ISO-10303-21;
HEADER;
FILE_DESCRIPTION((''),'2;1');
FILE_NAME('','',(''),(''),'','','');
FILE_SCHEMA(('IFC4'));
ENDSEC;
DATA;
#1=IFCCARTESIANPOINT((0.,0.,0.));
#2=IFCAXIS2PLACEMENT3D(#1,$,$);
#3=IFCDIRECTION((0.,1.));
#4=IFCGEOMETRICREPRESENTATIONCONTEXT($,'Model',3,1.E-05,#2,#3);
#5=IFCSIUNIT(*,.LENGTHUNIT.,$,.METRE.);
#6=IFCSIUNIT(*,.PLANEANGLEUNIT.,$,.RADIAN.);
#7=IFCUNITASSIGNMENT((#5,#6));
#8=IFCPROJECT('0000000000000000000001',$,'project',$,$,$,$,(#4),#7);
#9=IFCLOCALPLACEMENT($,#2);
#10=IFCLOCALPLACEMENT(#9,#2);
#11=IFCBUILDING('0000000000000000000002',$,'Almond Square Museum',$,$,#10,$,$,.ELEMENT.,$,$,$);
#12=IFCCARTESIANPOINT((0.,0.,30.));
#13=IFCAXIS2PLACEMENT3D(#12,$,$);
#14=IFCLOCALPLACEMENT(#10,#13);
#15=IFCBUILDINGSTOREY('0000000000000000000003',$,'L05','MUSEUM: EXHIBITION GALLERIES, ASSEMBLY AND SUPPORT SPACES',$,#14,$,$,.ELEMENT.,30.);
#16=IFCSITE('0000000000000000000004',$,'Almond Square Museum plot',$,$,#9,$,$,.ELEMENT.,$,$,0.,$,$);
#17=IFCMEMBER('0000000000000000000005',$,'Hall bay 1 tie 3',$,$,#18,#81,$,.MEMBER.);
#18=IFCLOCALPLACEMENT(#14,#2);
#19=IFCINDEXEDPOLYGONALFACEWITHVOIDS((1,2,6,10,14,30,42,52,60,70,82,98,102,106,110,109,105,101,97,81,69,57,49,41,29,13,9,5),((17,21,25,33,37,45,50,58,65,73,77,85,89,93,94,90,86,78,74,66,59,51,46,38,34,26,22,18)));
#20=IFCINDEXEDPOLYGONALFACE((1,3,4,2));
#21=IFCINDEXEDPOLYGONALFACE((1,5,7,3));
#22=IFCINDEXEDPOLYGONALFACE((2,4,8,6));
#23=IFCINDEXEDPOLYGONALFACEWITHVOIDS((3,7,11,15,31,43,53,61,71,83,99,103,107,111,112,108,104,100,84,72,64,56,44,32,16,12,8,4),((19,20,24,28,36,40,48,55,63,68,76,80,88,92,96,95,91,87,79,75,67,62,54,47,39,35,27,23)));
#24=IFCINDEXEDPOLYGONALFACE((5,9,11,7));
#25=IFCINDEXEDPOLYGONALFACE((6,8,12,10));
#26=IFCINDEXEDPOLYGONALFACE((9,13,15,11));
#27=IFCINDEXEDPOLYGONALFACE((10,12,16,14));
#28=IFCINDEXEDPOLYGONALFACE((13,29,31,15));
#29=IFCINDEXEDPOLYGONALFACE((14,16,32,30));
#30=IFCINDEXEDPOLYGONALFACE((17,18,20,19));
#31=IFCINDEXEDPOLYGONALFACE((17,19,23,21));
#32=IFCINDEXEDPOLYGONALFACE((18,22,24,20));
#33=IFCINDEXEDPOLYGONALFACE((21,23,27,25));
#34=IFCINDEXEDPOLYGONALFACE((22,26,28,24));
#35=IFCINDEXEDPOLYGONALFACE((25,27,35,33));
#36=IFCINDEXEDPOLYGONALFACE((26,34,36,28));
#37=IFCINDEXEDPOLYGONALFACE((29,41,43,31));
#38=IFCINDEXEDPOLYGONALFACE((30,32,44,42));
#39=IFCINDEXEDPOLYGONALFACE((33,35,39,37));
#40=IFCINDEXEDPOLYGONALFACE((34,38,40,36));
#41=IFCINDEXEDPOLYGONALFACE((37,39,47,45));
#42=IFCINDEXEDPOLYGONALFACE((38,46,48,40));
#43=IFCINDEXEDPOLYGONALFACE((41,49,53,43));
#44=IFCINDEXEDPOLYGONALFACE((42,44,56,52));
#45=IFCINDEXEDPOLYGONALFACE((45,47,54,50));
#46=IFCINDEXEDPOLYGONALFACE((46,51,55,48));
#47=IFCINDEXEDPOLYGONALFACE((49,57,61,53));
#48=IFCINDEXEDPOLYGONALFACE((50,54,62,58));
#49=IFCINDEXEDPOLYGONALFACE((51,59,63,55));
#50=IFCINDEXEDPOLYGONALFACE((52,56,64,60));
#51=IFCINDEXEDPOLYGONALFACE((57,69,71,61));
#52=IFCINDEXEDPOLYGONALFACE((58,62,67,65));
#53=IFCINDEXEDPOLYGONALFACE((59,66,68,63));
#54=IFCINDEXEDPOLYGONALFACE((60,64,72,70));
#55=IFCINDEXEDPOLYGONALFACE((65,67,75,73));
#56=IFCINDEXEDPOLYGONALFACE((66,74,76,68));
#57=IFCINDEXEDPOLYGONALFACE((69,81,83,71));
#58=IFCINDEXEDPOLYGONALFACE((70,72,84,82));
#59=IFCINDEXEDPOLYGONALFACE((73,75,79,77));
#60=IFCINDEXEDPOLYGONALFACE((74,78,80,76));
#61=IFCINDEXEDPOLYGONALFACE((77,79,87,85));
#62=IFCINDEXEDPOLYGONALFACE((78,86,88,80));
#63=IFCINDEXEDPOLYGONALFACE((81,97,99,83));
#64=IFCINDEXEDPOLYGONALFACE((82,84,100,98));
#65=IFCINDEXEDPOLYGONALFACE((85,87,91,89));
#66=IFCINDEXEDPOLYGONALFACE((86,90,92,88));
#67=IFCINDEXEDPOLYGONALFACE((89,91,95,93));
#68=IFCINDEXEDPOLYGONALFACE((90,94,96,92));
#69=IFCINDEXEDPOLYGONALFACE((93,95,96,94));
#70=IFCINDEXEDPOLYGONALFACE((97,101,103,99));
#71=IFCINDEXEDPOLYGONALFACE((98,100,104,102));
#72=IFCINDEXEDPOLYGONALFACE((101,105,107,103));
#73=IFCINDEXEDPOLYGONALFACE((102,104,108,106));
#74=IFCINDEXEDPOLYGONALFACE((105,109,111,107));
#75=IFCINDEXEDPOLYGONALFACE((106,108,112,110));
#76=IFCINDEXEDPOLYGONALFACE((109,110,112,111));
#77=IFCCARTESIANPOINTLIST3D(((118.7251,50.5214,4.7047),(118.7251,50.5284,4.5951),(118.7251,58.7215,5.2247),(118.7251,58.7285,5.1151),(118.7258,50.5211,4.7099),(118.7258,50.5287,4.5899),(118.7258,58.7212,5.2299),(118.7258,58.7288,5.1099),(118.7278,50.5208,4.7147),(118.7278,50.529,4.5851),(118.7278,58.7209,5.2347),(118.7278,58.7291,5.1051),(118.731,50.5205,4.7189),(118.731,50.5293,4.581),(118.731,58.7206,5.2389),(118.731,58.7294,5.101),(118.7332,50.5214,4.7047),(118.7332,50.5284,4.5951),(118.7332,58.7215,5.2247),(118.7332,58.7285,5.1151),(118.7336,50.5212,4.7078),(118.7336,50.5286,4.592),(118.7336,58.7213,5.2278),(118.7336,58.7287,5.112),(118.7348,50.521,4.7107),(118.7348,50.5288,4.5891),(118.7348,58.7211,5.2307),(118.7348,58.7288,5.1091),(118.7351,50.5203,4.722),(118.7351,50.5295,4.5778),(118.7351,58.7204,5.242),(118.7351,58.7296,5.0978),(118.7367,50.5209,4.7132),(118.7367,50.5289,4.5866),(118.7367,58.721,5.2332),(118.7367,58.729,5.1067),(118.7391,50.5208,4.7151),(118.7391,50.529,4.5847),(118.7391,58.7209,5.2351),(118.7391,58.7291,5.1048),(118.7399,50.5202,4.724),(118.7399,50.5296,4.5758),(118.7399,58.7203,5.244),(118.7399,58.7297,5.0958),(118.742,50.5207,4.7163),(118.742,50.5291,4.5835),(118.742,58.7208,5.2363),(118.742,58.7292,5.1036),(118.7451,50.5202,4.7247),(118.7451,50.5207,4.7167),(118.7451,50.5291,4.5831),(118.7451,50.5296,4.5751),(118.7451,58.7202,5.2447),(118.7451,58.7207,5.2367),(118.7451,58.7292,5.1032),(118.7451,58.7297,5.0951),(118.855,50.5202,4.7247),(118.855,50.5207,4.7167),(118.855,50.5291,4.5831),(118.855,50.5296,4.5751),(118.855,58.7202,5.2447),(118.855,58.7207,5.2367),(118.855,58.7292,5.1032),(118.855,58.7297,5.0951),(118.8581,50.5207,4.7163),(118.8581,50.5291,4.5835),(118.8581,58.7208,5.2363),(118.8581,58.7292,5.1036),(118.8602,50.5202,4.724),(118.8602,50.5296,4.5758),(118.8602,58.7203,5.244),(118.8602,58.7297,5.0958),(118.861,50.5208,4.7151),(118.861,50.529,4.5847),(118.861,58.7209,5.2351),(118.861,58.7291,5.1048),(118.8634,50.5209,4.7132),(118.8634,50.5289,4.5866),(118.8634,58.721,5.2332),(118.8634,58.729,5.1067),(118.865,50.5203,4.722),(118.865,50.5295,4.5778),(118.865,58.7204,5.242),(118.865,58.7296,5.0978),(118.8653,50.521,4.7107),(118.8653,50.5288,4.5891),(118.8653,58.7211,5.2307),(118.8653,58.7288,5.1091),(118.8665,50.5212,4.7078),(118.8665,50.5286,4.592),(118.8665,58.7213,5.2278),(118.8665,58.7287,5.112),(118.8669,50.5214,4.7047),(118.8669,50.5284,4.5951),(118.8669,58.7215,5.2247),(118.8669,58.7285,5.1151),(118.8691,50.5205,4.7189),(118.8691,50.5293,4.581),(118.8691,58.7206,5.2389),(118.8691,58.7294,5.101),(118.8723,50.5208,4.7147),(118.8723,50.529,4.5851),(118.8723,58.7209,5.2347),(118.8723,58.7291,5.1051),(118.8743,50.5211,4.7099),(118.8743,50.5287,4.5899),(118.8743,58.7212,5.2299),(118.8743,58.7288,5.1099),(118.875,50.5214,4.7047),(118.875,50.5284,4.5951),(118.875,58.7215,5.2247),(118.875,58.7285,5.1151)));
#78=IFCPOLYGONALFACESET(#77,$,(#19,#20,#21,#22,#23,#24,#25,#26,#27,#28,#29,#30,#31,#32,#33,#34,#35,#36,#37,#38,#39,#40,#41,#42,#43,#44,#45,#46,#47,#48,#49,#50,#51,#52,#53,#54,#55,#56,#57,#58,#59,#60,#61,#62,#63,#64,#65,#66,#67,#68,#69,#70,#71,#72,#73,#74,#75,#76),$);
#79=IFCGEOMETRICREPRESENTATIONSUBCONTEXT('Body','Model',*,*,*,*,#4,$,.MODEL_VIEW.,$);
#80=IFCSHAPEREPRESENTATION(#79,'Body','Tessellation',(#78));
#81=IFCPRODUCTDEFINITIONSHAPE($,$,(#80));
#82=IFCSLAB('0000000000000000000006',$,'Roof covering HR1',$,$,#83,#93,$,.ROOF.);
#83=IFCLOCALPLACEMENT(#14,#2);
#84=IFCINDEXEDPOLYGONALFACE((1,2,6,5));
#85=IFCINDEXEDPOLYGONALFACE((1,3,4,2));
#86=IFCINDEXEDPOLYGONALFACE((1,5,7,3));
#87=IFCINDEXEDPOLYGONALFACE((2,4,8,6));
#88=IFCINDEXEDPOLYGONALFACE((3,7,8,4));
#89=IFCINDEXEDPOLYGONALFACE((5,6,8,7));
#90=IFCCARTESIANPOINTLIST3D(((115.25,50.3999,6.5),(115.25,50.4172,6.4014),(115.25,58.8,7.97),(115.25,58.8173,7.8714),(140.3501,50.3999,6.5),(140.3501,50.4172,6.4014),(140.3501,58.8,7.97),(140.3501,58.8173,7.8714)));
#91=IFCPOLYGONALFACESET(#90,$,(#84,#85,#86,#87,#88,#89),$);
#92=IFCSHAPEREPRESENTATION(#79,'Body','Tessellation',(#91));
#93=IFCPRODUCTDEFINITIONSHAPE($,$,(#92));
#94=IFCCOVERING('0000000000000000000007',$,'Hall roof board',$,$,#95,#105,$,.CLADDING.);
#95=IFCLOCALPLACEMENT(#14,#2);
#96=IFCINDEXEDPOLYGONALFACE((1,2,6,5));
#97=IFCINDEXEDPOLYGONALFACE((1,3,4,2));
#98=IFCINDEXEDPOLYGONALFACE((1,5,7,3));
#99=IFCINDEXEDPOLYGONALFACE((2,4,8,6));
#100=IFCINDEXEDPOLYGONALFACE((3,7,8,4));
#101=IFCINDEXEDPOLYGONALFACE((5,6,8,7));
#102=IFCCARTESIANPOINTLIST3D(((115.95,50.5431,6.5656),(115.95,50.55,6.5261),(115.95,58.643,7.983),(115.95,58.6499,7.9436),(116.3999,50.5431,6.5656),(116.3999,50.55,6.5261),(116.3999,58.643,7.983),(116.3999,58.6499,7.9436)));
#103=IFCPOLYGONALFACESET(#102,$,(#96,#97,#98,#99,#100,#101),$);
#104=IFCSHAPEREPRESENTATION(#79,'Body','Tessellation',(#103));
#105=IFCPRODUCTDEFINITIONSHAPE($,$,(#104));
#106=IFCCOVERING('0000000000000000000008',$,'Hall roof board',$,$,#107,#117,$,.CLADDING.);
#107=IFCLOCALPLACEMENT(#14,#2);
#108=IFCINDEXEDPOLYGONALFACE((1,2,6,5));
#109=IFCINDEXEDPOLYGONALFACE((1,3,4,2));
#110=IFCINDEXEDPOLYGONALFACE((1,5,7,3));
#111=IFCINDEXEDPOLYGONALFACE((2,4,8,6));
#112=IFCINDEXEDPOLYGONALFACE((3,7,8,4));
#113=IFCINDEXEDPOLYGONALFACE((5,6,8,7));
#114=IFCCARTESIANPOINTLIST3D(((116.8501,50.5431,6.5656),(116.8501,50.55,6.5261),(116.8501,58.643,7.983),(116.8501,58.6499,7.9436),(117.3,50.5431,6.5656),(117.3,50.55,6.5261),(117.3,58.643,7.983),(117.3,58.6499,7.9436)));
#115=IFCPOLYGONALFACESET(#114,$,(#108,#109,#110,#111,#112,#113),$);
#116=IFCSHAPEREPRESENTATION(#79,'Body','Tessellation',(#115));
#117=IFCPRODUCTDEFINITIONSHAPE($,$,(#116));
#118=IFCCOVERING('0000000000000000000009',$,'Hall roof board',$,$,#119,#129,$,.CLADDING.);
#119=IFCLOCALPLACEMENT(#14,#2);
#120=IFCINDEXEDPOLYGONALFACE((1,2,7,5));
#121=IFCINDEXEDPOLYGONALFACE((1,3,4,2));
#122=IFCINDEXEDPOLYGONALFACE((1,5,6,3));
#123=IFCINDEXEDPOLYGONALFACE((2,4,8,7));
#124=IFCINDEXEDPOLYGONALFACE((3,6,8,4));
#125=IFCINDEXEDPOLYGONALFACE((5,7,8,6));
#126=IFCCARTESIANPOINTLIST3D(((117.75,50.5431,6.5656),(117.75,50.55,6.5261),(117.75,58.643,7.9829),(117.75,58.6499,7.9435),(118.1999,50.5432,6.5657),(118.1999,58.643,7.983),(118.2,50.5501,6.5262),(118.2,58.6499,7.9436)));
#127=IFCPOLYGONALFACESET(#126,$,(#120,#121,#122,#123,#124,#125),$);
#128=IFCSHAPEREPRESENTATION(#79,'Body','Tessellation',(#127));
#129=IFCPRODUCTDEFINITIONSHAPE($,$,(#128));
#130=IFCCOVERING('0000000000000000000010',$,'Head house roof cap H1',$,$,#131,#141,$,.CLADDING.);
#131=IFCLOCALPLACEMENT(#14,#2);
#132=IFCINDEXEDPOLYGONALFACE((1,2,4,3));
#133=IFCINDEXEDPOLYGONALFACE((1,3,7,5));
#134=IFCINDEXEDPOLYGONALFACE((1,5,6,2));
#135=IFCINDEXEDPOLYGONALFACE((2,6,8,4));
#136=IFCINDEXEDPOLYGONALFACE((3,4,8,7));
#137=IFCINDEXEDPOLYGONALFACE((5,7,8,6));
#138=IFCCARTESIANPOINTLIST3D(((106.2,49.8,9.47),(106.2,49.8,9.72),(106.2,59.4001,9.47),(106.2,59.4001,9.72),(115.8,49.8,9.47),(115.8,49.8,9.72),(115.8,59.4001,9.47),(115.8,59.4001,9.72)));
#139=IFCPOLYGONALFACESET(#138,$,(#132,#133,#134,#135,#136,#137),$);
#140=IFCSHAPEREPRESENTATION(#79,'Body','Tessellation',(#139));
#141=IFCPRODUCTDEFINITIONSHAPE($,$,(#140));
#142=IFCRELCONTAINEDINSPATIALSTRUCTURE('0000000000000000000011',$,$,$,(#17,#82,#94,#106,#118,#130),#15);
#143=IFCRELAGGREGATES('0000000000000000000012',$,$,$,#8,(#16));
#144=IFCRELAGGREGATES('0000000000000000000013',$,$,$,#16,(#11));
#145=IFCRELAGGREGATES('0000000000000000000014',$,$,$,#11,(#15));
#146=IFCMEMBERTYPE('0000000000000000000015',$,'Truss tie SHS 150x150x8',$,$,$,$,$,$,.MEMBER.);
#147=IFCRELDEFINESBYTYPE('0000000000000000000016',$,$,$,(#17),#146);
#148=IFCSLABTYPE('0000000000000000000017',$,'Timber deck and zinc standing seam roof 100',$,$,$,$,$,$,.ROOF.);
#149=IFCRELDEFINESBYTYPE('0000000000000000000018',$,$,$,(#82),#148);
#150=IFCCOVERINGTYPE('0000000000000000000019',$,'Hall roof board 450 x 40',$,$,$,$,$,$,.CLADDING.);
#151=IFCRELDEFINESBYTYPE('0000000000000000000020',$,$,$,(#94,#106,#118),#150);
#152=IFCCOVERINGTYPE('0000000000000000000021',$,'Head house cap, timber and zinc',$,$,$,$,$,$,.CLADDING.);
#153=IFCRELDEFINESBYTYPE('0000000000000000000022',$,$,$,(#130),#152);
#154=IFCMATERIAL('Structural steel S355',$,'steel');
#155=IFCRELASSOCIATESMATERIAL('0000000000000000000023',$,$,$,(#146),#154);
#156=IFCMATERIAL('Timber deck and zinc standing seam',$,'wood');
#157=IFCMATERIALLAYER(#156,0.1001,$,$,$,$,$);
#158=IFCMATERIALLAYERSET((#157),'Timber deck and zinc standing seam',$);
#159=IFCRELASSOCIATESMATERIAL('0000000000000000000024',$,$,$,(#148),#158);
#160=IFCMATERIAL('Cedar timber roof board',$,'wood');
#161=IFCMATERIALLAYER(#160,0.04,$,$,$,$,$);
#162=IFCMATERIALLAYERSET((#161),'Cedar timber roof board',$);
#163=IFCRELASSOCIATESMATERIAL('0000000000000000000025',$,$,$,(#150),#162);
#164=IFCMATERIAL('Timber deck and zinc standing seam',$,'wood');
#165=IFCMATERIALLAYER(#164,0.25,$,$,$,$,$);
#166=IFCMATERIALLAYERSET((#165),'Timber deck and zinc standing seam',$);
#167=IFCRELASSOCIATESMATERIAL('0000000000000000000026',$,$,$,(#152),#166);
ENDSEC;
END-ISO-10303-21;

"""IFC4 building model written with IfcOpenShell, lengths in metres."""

from ifc_helpers import new_model, si_unit, direction, frame, origin, origin_2d, place, context, subcontext, project, spatial, polyline, rectangle, hollow_rectangle, outline, extrude, material, layer, layer_set, material_profile, profile_set, type_object, element, save


model = new_model("IFC4")

# Units and contexts
model_context = context("Model", 3, precision=1e-05, world=origin(), true_north=direction((0.0, 1.0)))
body_context = subcontext(model_context, "Body", "Model", "MODEL_VIEW")
ifc_project = project(units=[si_unit("LENGTHUNIT", "METRE"), si_unit("PLANEANGLEUNIT", "RADIAN")], contexts=[model_context])

# Site, building, storey
site_placement = place(None, origin())
site = spatial("IfcSite", under=ifc_project, at=site_placement, Name="Almond Square Museum plot", CompositionType="ELEMENT", RefElevation=0.0)
building_placement = place(site_placement, origin())
building = spatial("IfcBuilding", under=site, at=building_placement, Name="Almond Square Museum", CompositionType="ELEMENT")
storey_placement = place(building_placement, frame((0.0, 0.0, 30.0)))
storey = spatial("IfcBuildingStorey", under=building, at=storey_placement, Name="L05", Description="MUSEUM: EXHIBITION GALLERIES, ASSEMBLY AND SUPPORT SPACES", CompositionType="ELEMENT", Elevation=30.0)

# Member
ifc_material_1 = material(Name="Structural steel S355", Category="steel")
ifc_material_profile_1 = material_profile(ifc_material_1, hollow_rectangle(XDim=0.1499, YDim=0.1499, WallThickness=0.0081, InnerFilletRadius=0.012, OuterFilletRadius=0.02, at=origin_2d()))
ifc_profile_set_1 = profile_set([ifc_material_profile_1], Name="Structural steel S355")
member_type_1 = type_object("IfcMemberType", Name="Truss tie SHS 150x150x8", PredefinedType="MEMBER", material=ifc_profile_set_1)
member_placement = place(storey_placement, frame((118.8, 50.5249, 4.6499), z_axis=(0.0, 0.997995, 0.063288), x_axis=(-1.0, 0.0, 0.0)))
element("IfcMember", 1, at=member_placement, inside=storey, type_object=member_type_1, Name="Hall bay 1 tie 3", PredefinedType="MEMBER", context=body_context, shape_type="SweptSolid", body=[
    extrude(hollow_rectangle(XDim=0.1499, YDim=0.1499, WallThickness=0.0081, InnerFilletRadius=0.012, OuterFilletRadius=0.02, at=origin_2d()), origin(), (0.0, 0.0, 1.0), 8.2166),
])

# Slab
ifc_material_2 = material(Name="Timber deck and zinc standing seam", Category="wood")
ifc_layer_1 = layer(ifc_material_2, 0.1001)
ifc_layer_set_1 = layer_set([ifc_layer_1], Name="Timber deck and zinc standing seam")
slab_type = type_object("IfcSlabType", Name="Timber deck and zinc standing seam roof 100", PredefinedType="ROOF", material=ifc_layer_set_1)
slab_1_placement = place(storey_placement, frame((115.25, 50.3999, 6.5), z_axis=(0.0, -0.172374, 0.985032), x_axis=(0.0, 0.985032, 0.172374)))
element("IfcSlab", 2, at=slab_1_placement, inside=storey, type_object=slab_type, Name="Roof covering HR1", PredefinedType="ROOF", context=body_context, shape_type="SweptSolid", body=[
    extrude(outline(polyline([(0.0, 0.0), (8.5278, 0.0), (8.5278, -25.1001), (0.0, -25.1001), (0.0, 0.0)])), origin(), (0.0, 0.0, -1.0), 0.1001),
])

# Coverings
ifc_material_3 = material(Name="Cedar timber roof board", Category="wood")
ifc_layer_2 = layer(ifc_material_3, 0.04)
ifc_layer_set_2 = layer_set([ifc_layer_2], Name="Cedar timber roof board")
covering_type_1 = type_object("IfcCoveringType", Name="Hall roof board 450 x 40", PredefinedType="CLADDING", material=ifc_layer_set_2)
for number, where, z_axis, x_axis, name in (
    (3, (116.3999, 58.6499, 7.9436), (0.0, -0.172381, 0.98503), (-1.0, 0.0, 0.0), "Hall roof board"),
    (4, (117.3, 58.6499, 7.9436), (0.0, -0.172381, 0.98503), (-1.0, 0.0, 0.0), "Hall roof board"),
):
    element("IfcCovering", number, at=place(storey_placement, frame(where, z_axis=z_axis, x_axis=x_axis)), inside=storey, type_object=covering_type_1, Name=name, PredefinedType="CLADDING", context=body_context, shape_type="SweptSolid", body=[
        extrude(outline(polyline([(0.0, 0.0), (0.45, 0.0), (0.45, 8.2229), (0.0, 8.2229), (0.0, 0.0)])), origin(), (0.0, 0.0, 1.0), 0.04),
    ])
covering_1_placement = place(storey_placement, frame((118.2, 58.6499, 7.9436), z_axis=(-0.000267, -0.172367, 0.985033), x_axis=(-1.0, 0.000046, -0.000263)))
element("IfcCovering", 5, at=covering_1_placement, inside=storey, type_object=covering_type_1, Name="Hall roof board", PredefinedType="CLADDING", context=body_context, shape_type="SweptSolid", body=[
    extrude(outline(polyline([(0.0, 0.0), (0.45, 0.0), (0.45, 8.2229), (0.0, 8.2229), (0.0, 0.0)])), origin(), (0.0, 0.0, 1.0), 0.04),
])
ifc_material_4 = material(Name="Timber deck and zinc standing seam", Category="wood")
ifc_layer_3 = layer(ifc_material_4, 0.25)
ifc_layer_set_3 = layer_set([ifc_layer_3], Name="Timber deck and zinc standing seam")
covering_type_2 = type_object("IfcCoveringType", Name="Head house cap, timber and zinc", PredefinedType="CLADDING", material=ifc_layer_set_3)
covering_2_placement = place(storey_placement, frame((111.0, 54.6001, 9.47), z_axis=(0.0, 0.0, 1.0), x_axis=(1.0, 0.0, 0.0)))
element("IfcCovering", 6, at=covering_2_placement, inside=storey, type_object=covering_type_2, Name="Head house roof cap H1", PredefinedType="CLADDING", context=body_context, shape_type="SweptSolid", body=[
    extrude(rectangle(XDim=9.6001, YDim=9.6001, at=origin_2d()), origin(), (0.0, 0.0, 1.0), 0.25),
])

save(model, "model.ifc")
